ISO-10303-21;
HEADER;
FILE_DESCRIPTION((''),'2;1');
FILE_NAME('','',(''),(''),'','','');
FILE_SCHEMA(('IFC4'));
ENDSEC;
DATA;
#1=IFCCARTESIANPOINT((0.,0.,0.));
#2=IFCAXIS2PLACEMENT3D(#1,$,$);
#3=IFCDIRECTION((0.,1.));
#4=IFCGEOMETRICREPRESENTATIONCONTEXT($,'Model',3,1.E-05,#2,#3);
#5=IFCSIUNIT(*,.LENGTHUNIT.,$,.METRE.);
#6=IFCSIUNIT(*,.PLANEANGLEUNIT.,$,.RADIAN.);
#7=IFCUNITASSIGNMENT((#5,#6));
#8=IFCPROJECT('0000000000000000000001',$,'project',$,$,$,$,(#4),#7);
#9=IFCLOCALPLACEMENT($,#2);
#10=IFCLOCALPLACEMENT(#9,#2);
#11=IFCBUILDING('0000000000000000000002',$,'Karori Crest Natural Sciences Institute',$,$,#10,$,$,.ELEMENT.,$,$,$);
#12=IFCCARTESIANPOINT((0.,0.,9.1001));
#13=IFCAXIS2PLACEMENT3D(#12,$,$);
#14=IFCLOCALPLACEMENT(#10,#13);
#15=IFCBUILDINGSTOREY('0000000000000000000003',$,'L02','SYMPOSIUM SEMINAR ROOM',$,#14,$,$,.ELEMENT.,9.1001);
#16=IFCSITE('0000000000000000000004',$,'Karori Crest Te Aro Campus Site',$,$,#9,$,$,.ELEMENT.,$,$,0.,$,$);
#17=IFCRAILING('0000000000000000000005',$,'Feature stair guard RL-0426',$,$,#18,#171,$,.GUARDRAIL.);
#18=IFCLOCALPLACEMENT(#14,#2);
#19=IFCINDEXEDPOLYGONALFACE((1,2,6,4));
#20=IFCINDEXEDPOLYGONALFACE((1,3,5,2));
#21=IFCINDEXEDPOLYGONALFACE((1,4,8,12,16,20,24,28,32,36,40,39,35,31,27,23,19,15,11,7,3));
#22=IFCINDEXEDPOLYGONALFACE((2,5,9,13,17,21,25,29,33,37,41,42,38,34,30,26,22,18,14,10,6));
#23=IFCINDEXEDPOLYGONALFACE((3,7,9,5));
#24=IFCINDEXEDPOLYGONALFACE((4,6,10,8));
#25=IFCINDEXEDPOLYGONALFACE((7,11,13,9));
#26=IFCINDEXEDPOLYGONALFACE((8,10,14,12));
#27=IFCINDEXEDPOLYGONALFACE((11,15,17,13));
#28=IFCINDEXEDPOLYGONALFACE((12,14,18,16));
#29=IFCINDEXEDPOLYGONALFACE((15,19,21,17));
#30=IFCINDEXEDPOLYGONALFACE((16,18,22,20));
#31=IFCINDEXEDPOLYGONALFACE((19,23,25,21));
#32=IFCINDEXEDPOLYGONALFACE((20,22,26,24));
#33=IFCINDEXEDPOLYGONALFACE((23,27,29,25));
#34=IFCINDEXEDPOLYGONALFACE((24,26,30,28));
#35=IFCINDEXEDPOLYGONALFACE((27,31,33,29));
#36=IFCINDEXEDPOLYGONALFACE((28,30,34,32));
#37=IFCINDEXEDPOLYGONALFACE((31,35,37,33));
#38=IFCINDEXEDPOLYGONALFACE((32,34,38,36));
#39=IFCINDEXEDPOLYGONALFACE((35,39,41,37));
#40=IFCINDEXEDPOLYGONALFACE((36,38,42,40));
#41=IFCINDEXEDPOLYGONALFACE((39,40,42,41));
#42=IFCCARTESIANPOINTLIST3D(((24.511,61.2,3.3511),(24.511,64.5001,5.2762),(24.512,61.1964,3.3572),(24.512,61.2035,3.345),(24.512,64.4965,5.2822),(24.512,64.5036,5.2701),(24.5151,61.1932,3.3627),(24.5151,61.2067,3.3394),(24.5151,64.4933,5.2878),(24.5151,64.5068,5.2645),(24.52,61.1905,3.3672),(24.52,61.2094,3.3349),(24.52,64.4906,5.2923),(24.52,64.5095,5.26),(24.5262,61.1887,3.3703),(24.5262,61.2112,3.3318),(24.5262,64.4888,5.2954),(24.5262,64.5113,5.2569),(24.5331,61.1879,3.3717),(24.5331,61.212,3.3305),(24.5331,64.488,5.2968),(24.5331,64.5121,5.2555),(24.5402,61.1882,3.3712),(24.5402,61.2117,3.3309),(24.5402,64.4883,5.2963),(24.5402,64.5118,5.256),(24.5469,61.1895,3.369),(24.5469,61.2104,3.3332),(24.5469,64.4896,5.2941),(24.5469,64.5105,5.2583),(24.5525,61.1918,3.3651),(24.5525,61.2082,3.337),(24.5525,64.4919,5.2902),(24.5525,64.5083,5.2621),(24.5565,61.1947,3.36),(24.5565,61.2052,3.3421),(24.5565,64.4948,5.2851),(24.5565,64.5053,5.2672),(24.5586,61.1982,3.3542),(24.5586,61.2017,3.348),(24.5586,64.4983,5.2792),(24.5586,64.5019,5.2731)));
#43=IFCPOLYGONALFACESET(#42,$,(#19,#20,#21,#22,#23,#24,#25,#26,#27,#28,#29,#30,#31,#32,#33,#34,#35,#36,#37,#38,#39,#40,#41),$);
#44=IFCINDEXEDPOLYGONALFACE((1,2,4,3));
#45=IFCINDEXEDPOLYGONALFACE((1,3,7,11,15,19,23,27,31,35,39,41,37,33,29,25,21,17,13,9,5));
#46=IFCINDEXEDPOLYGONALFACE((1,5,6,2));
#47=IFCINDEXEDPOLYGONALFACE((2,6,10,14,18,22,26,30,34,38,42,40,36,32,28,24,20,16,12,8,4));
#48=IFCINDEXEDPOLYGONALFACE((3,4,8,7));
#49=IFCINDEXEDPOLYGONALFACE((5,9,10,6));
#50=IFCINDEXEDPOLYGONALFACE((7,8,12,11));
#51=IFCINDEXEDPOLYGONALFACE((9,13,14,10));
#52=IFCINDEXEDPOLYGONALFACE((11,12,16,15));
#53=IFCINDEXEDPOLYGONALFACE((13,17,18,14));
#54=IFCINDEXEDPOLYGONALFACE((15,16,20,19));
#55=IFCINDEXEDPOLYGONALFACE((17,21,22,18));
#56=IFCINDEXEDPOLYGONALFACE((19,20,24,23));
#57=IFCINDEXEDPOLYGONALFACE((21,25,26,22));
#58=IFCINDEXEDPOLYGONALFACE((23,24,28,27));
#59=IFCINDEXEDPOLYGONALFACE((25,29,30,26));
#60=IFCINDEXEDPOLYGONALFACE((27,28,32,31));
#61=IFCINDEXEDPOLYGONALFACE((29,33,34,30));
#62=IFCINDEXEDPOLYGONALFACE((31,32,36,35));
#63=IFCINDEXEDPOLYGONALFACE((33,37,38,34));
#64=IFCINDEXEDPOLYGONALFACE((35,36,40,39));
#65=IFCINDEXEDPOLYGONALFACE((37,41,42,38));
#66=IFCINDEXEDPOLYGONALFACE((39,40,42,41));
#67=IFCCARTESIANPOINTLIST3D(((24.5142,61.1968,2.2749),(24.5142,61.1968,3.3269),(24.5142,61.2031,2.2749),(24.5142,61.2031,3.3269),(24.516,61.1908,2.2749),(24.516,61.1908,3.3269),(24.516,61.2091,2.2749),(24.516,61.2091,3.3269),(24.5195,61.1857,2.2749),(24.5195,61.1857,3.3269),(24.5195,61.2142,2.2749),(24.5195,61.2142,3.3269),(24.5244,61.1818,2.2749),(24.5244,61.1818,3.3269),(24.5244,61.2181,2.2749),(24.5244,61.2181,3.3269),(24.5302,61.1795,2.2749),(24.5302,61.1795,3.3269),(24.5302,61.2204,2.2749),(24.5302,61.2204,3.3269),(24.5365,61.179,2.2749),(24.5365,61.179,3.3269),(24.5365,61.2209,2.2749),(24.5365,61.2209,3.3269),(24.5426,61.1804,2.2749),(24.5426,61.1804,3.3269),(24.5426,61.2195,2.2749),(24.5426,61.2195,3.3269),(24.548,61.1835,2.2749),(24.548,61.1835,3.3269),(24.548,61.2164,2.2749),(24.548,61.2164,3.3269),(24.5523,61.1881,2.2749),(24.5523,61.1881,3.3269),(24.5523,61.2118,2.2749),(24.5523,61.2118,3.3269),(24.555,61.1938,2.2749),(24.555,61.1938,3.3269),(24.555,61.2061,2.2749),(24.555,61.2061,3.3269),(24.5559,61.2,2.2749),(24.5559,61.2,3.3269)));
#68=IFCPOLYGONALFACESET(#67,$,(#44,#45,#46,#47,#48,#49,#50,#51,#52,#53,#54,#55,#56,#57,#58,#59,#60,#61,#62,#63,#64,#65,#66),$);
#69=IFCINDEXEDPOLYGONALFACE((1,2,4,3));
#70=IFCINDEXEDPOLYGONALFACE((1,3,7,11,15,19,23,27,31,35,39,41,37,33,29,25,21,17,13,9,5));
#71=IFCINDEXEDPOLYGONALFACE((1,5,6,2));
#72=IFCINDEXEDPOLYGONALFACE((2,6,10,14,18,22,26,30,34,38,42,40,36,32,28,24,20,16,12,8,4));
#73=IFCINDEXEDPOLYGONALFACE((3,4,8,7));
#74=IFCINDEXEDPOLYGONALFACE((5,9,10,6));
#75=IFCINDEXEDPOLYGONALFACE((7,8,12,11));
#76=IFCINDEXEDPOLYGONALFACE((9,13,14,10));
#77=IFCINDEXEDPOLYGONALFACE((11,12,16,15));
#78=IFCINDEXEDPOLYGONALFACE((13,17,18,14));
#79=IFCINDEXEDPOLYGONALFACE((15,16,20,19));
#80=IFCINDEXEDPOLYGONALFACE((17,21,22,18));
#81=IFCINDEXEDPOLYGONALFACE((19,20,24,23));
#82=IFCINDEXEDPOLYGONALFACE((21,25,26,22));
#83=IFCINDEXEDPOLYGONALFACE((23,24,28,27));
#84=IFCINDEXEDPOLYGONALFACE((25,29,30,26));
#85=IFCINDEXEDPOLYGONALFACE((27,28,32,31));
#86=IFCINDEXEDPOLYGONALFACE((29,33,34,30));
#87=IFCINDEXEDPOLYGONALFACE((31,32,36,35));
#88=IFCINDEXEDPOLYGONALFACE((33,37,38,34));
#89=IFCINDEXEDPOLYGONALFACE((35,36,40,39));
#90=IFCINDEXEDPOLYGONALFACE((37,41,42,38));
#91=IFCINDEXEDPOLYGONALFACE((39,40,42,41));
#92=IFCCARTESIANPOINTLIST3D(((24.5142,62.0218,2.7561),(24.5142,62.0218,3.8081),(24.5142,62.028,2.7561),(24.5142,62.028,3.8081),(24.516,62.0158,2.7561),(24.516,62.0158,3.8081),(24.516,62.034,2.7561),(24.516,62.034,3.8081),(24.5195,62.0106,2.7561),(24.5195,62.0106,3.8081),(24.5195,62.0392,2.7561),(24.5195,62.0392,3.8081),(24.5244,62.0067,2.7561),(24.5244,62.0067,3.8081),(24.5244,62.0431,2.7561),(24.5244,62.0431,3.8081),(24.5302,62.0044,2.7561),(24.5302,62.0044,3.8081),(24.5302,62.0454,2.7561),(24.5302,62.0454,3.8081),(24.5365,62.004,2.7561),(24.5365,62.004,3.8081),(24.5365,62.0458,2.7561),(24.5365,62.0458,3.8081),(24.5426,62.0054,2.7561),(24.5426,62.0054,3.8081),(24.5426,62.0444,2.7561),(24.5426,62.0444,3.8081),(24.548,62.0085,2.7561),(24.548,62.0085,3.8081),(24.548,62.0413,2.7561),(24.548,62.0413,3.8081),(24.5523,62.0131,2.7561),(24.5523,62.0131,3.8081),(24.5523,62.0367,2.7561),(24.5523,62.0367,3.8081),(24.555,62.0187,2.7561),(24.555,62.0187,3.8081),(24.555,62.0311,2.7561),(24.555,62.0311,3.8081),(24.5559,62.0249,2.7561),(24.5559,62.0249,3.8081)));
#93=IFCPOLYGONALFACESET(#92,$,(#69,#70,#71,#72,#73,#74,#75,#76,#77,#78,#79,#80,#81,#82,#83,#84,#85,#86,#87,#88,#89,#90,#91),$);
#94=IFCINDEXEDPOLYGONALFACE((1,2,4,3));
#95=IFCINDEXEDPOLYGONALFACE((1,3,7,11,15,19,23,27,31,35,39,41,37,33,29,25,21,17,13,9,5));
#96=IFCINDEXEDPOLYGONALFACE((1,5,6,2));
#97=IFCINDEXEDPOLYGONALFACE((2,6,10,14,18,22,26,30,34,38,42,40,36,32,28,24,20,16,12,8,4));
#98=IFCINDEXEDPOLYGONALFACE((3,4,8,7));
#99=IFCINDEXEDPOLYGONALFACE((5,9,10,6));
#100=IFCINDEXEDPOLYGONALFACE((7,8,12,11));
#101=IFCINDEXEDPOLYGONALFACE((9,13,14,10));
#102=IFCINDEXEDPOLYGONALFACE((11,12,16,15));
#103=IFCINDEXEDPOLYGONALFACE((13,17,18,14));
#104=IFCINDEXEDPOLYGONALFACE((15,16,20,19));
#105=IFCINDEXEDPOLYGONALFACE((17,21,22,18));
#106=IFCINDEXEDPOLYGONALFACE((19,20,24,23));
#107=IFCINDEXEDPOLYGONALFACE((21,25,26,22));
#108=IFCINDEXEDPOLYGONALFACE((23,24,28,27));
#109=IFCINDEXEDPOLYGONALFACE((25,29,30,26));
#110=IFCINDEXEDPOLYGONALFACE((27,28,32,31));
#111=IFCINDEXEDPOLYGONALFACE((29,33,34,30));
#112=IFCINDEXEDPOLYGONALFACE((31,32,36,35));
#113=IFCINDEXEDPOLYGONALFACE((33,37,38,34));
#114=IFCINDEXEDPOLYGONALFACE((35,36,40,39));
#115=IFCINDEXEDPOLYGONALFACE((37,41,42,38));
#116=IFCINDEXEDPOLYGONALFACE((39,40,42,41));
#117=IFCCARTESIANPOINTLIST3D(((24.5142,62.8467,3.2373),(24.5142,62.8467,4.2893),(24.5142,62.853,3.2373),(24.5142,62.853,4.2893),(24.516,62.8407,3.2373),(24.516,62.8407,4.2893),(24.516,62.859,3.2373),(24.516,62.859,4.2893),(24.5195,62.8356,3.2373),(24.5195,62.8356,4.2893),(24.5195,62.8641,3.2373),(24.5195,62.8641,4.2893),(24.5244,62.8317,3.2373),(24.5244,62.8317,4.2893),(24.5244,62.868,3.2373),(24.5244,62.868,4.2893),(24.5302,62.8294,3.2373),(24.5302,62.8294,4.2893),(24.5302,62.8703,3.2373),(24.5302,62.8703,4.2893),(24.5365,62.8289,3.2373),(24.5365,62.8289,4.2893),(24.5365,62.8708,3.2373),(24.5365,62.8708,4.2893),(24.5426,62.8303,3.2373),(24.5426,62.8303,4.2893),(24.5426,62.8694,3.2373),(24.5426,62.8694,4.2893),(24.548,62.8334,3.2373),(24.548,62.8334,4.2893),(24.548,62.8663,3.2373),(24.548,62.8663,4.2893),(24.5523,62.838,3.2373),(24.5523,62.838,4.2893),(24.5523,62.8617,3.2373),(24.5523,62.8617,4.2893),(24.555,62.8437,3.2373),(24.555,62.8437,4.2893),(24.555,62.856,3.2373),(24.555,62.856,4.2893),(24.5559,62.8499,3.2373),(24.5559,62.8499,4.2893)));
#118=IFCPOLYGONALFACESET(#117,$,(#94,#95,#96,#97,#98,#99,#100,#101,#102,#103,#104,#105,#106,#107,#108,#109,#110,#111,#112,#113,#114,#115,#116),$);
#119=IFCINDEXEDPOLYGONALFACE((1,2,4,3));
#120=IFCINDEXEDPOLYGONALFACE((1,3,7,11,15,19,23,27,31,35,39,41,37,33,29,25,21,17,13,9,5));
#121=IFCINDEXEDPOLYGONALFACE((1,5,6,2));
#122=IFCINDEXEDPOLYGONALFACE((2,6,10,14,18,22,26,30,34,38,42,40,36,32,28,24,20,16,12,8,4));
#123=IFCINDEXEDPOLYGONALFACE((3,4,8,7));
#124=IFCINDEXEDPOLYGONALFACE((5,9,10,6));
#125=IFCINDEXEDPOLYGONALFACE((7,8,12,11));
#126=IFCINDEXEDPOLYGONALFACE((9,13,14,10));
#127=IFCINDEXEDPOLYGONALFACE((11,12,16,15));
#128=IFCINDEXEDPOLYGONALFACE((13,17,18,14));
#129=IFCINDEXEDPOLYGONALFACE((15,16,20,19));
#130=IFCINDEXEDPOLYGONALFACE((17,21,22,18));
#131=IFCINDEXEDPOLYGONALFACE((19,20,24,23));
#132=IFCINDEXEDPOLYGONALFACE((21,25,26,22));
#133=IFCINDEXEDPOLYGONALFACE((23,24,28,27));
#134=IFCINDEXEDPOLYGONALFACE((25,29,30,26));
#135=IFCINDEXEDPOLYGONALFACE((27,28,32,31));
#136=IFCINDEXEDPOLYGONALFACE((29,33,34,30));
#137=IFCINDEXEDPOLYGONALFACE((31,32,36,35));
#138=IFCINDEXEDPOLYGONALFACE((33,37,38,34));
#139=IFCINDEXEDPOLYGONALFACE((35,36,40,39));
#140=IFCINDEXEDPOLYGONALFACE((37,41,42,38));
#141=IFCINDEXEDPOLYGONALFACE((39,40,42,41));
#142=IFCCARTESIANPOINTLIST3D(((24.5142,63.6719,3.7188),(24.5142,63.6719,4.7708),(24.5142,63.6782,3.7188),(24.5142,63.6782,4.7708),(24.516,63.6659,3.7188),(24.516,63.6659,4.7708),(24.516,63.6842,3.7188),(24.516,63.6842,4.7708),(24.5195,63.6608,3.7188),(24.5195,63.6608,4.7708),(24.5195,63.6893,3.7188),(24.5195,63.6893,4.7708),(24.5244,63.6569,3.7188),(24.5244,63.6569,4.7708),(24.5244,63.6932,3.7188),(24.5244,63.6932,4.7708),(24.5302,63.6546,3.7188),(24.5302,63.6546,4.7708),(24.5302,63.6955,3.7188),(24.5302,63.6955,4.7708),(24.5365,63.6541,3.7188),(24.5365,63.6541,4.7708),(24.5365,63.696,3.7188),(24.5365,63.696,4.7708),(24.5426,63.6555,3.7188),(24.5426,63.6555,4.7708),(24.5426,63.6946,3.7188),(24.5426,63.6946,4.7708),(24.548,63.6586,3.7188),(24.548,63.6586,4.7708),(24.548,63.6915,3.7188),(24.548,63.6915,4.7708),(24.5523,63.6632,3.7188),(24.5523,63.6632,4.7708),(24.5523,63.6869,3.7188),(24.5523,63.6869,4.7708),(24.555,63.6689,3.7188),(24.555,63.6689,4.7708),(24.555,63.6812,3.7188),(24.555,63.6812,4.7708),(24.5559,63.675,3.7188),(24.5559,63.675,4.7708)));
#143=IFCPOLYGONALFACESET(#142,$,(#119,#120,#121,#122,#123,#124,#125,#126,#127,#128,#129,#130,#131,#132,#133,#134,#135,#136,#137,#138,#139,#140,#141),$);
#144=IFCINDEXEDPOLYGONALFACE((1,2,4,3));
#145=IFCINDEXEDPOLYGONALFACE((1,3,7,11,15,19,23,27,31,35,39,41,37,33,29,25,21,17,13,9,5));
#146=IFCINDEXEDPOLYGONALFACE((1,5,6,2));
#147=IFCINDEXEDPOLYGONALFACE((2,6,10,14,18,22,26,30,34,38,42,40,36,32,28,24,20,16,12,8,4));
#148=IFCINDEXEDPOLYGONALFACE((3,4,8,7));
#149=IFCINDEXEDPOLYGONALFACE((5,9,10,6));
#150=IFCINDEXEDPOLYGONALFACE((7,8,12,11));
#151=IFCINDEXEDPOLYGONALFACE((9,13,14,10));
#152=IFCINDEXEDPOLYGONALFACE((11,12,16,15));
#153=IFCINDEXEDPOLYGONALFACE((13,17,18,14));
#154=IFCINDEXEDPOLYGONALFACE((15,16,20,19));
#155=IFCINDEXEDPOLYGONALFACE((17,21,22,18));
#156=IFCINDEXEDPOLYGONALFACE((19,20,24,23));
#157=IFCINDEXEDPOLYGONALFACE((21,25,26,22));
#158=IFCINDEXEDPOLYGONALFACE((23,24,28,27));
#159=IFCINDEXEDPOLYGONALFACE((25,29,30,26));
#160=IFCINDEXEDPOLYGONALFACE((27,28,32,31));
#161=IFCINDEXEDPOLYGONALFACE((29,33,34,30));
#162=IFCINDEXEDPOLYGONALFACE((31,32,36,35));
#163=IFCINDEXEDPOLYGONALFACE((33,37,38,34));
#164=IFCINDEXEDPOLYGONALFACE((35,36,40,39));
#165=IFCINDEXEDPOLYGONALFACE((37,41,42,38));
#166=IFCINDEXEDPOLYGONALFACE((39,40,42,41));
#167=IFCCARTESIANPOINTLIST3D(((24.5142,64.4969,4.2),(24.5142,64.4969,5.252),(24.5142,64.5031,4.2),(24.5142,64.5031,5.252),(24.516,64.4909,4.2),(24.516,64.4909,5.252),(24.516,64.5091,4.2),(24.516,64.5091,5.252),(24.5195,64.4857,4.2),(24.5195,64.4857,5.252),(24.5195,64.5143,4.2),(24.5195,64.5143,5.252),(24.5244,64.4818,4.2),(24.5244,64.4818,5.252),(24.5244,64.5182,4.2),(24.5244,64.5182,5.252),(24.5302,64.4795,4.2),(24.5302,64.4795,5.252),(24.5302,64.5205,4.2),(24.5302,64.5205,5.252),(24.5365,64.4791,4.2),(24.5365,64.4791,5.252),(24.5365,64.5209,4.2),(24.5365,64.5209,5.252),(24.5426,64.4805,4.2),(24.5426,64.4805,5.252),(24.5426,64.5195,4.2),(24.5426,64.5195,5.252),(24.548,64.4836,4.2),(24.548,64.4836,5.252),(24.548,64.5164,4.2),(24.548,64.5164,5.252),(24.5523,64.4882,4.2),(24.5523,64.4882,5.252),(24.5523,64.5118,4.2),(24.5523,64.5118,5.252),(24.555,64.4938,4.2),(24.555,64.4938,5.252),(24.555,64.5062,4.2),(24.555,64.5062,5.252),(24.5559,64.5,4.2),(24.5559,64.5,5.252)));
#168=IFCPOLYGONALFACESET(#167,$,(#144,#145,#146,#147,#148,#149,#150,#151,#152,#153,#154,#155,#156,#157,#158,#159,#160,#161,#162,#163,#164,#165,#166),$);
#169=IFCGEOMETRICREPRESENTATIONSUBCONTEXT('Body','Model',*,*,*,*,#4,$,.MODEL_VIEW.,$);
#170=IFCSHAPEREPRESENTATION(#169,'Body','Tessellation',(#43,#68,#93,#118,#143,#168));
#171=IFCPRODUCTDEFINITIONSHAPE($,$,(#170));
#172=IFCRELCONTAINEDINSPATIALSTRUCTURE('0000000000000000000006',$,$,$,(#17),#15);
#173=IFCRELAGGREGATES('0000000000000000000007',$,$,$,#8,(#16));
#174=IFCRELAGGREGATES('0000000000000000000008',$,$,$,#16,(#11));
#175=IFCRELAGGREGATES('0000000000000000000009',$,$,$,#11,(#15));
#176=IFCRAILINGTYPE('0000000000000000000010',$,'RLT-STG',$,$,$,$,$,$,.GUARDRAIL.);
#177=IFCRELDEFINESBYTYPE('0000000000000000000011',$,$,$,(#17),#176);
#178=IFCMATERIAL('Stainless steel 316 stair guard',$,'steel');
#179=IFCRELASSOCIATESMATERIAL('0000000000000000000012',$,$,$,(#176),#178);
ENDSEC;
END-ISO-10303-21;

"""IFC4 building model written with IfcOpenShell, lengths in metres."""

from ifc_helpers import new_model, si_unit, direction, frame, origin, origin_2d, place, context, subcontext, project, spatial, circle, extrude, material, type_object, element, save


model = new_model("IFC4")

# Units and contexts
model_context = context("Model", 3, precision=1e-05, world=origin(), true_north=direction((0.0, 1.0)))
body_context = subcontext(model_context, "Body", "Model", "MODEL_VIEW")
ifc_project = project(units=[si_unit("LENGTHUNIT", "METRE"), si_unit("PLANEANGLEUNIT", "RADIAN")], contexts=[model_context])

# Site, building, storey
site_placement = place(None, origin())
site = spatial("IfcSite", under=ifc_project, at=site_placement, Name="Karori Crest Te Aro Campus Site", CompositionType="ELEMENT", RefElevation=0.0)
building_placement = place(site_placement, origin())
building = spatial("IfcBuilding", under=site, at=building_placement, Name="Karori Crest Natural Sciences Institute", CompositionType="ELEMENT")
storey_placement = place(building_placement, frame((0.0, 0.0, 9.1001)))
storey = spatial("IfcBuildingStorey", under=building, at=storey_placement, Name="L02", Description="SYMPOSIUM SEMINAR ROOM", CompositionType="ELEMENT", Elevation=9.1001)

# Railing
ifc_material_1 = material(Name="Stainless steel 316 stair guard", Category="steel")
railing_type = type_object("IfcRailingType", Name="RLT-STG", PredefinedType="GUARDRAIL", material=ifc_material_1)
railing_1_placement = place(storey_placement, frame((24.5349, 61.2, 2.2749)))
element("IfcRailing", 1, at=railing_1_placement, inside=storey, type_object=railing_type, Name="Feature stair guard RL-0426", PredefinedType="GUARDRAIL", context=body_context, shape_type="SweptSolid", body=[
    extrude(circle(Radius=0.0239, at=origin_2d()), frame((0.0, 0.0, 1.0762), z_axis=(0.0, 0.863777, 0.503875), x_axis=(-1.0, 0.0, 0.0)), (0.0, 0.0, 1.0), 3.8206),
    extrude(circle(Radius=0.021, at=origin_2d()), origin(), (0.0, 0.0, 1.0), 1.052),
    extrude(circle(Radius=0.021, at=origin_2d()), frame((0.0, 0.825, 0.4812)), (0.0, 0.0, 1.0), 1.052),
    extrude(circle(Radius=0.021, at=origin_2d()), frame((0.0, 1.6499, 0.9624)), (0.0, 0.0, 1.0), 1.052),
    extrude(circle(Radius=0.021, at=origin_2d()), frame((0.0, 2.4751, 1.4438)), (0.0, 0.0, 1.0), 1.052),
    extrude(circle(Radius=0.021, at=origin_2d()), frame((0.0, 3.3, 1.925)), (0.0, 0.0, 1.0), 1.052),
])

save(model, "model.ifc")
